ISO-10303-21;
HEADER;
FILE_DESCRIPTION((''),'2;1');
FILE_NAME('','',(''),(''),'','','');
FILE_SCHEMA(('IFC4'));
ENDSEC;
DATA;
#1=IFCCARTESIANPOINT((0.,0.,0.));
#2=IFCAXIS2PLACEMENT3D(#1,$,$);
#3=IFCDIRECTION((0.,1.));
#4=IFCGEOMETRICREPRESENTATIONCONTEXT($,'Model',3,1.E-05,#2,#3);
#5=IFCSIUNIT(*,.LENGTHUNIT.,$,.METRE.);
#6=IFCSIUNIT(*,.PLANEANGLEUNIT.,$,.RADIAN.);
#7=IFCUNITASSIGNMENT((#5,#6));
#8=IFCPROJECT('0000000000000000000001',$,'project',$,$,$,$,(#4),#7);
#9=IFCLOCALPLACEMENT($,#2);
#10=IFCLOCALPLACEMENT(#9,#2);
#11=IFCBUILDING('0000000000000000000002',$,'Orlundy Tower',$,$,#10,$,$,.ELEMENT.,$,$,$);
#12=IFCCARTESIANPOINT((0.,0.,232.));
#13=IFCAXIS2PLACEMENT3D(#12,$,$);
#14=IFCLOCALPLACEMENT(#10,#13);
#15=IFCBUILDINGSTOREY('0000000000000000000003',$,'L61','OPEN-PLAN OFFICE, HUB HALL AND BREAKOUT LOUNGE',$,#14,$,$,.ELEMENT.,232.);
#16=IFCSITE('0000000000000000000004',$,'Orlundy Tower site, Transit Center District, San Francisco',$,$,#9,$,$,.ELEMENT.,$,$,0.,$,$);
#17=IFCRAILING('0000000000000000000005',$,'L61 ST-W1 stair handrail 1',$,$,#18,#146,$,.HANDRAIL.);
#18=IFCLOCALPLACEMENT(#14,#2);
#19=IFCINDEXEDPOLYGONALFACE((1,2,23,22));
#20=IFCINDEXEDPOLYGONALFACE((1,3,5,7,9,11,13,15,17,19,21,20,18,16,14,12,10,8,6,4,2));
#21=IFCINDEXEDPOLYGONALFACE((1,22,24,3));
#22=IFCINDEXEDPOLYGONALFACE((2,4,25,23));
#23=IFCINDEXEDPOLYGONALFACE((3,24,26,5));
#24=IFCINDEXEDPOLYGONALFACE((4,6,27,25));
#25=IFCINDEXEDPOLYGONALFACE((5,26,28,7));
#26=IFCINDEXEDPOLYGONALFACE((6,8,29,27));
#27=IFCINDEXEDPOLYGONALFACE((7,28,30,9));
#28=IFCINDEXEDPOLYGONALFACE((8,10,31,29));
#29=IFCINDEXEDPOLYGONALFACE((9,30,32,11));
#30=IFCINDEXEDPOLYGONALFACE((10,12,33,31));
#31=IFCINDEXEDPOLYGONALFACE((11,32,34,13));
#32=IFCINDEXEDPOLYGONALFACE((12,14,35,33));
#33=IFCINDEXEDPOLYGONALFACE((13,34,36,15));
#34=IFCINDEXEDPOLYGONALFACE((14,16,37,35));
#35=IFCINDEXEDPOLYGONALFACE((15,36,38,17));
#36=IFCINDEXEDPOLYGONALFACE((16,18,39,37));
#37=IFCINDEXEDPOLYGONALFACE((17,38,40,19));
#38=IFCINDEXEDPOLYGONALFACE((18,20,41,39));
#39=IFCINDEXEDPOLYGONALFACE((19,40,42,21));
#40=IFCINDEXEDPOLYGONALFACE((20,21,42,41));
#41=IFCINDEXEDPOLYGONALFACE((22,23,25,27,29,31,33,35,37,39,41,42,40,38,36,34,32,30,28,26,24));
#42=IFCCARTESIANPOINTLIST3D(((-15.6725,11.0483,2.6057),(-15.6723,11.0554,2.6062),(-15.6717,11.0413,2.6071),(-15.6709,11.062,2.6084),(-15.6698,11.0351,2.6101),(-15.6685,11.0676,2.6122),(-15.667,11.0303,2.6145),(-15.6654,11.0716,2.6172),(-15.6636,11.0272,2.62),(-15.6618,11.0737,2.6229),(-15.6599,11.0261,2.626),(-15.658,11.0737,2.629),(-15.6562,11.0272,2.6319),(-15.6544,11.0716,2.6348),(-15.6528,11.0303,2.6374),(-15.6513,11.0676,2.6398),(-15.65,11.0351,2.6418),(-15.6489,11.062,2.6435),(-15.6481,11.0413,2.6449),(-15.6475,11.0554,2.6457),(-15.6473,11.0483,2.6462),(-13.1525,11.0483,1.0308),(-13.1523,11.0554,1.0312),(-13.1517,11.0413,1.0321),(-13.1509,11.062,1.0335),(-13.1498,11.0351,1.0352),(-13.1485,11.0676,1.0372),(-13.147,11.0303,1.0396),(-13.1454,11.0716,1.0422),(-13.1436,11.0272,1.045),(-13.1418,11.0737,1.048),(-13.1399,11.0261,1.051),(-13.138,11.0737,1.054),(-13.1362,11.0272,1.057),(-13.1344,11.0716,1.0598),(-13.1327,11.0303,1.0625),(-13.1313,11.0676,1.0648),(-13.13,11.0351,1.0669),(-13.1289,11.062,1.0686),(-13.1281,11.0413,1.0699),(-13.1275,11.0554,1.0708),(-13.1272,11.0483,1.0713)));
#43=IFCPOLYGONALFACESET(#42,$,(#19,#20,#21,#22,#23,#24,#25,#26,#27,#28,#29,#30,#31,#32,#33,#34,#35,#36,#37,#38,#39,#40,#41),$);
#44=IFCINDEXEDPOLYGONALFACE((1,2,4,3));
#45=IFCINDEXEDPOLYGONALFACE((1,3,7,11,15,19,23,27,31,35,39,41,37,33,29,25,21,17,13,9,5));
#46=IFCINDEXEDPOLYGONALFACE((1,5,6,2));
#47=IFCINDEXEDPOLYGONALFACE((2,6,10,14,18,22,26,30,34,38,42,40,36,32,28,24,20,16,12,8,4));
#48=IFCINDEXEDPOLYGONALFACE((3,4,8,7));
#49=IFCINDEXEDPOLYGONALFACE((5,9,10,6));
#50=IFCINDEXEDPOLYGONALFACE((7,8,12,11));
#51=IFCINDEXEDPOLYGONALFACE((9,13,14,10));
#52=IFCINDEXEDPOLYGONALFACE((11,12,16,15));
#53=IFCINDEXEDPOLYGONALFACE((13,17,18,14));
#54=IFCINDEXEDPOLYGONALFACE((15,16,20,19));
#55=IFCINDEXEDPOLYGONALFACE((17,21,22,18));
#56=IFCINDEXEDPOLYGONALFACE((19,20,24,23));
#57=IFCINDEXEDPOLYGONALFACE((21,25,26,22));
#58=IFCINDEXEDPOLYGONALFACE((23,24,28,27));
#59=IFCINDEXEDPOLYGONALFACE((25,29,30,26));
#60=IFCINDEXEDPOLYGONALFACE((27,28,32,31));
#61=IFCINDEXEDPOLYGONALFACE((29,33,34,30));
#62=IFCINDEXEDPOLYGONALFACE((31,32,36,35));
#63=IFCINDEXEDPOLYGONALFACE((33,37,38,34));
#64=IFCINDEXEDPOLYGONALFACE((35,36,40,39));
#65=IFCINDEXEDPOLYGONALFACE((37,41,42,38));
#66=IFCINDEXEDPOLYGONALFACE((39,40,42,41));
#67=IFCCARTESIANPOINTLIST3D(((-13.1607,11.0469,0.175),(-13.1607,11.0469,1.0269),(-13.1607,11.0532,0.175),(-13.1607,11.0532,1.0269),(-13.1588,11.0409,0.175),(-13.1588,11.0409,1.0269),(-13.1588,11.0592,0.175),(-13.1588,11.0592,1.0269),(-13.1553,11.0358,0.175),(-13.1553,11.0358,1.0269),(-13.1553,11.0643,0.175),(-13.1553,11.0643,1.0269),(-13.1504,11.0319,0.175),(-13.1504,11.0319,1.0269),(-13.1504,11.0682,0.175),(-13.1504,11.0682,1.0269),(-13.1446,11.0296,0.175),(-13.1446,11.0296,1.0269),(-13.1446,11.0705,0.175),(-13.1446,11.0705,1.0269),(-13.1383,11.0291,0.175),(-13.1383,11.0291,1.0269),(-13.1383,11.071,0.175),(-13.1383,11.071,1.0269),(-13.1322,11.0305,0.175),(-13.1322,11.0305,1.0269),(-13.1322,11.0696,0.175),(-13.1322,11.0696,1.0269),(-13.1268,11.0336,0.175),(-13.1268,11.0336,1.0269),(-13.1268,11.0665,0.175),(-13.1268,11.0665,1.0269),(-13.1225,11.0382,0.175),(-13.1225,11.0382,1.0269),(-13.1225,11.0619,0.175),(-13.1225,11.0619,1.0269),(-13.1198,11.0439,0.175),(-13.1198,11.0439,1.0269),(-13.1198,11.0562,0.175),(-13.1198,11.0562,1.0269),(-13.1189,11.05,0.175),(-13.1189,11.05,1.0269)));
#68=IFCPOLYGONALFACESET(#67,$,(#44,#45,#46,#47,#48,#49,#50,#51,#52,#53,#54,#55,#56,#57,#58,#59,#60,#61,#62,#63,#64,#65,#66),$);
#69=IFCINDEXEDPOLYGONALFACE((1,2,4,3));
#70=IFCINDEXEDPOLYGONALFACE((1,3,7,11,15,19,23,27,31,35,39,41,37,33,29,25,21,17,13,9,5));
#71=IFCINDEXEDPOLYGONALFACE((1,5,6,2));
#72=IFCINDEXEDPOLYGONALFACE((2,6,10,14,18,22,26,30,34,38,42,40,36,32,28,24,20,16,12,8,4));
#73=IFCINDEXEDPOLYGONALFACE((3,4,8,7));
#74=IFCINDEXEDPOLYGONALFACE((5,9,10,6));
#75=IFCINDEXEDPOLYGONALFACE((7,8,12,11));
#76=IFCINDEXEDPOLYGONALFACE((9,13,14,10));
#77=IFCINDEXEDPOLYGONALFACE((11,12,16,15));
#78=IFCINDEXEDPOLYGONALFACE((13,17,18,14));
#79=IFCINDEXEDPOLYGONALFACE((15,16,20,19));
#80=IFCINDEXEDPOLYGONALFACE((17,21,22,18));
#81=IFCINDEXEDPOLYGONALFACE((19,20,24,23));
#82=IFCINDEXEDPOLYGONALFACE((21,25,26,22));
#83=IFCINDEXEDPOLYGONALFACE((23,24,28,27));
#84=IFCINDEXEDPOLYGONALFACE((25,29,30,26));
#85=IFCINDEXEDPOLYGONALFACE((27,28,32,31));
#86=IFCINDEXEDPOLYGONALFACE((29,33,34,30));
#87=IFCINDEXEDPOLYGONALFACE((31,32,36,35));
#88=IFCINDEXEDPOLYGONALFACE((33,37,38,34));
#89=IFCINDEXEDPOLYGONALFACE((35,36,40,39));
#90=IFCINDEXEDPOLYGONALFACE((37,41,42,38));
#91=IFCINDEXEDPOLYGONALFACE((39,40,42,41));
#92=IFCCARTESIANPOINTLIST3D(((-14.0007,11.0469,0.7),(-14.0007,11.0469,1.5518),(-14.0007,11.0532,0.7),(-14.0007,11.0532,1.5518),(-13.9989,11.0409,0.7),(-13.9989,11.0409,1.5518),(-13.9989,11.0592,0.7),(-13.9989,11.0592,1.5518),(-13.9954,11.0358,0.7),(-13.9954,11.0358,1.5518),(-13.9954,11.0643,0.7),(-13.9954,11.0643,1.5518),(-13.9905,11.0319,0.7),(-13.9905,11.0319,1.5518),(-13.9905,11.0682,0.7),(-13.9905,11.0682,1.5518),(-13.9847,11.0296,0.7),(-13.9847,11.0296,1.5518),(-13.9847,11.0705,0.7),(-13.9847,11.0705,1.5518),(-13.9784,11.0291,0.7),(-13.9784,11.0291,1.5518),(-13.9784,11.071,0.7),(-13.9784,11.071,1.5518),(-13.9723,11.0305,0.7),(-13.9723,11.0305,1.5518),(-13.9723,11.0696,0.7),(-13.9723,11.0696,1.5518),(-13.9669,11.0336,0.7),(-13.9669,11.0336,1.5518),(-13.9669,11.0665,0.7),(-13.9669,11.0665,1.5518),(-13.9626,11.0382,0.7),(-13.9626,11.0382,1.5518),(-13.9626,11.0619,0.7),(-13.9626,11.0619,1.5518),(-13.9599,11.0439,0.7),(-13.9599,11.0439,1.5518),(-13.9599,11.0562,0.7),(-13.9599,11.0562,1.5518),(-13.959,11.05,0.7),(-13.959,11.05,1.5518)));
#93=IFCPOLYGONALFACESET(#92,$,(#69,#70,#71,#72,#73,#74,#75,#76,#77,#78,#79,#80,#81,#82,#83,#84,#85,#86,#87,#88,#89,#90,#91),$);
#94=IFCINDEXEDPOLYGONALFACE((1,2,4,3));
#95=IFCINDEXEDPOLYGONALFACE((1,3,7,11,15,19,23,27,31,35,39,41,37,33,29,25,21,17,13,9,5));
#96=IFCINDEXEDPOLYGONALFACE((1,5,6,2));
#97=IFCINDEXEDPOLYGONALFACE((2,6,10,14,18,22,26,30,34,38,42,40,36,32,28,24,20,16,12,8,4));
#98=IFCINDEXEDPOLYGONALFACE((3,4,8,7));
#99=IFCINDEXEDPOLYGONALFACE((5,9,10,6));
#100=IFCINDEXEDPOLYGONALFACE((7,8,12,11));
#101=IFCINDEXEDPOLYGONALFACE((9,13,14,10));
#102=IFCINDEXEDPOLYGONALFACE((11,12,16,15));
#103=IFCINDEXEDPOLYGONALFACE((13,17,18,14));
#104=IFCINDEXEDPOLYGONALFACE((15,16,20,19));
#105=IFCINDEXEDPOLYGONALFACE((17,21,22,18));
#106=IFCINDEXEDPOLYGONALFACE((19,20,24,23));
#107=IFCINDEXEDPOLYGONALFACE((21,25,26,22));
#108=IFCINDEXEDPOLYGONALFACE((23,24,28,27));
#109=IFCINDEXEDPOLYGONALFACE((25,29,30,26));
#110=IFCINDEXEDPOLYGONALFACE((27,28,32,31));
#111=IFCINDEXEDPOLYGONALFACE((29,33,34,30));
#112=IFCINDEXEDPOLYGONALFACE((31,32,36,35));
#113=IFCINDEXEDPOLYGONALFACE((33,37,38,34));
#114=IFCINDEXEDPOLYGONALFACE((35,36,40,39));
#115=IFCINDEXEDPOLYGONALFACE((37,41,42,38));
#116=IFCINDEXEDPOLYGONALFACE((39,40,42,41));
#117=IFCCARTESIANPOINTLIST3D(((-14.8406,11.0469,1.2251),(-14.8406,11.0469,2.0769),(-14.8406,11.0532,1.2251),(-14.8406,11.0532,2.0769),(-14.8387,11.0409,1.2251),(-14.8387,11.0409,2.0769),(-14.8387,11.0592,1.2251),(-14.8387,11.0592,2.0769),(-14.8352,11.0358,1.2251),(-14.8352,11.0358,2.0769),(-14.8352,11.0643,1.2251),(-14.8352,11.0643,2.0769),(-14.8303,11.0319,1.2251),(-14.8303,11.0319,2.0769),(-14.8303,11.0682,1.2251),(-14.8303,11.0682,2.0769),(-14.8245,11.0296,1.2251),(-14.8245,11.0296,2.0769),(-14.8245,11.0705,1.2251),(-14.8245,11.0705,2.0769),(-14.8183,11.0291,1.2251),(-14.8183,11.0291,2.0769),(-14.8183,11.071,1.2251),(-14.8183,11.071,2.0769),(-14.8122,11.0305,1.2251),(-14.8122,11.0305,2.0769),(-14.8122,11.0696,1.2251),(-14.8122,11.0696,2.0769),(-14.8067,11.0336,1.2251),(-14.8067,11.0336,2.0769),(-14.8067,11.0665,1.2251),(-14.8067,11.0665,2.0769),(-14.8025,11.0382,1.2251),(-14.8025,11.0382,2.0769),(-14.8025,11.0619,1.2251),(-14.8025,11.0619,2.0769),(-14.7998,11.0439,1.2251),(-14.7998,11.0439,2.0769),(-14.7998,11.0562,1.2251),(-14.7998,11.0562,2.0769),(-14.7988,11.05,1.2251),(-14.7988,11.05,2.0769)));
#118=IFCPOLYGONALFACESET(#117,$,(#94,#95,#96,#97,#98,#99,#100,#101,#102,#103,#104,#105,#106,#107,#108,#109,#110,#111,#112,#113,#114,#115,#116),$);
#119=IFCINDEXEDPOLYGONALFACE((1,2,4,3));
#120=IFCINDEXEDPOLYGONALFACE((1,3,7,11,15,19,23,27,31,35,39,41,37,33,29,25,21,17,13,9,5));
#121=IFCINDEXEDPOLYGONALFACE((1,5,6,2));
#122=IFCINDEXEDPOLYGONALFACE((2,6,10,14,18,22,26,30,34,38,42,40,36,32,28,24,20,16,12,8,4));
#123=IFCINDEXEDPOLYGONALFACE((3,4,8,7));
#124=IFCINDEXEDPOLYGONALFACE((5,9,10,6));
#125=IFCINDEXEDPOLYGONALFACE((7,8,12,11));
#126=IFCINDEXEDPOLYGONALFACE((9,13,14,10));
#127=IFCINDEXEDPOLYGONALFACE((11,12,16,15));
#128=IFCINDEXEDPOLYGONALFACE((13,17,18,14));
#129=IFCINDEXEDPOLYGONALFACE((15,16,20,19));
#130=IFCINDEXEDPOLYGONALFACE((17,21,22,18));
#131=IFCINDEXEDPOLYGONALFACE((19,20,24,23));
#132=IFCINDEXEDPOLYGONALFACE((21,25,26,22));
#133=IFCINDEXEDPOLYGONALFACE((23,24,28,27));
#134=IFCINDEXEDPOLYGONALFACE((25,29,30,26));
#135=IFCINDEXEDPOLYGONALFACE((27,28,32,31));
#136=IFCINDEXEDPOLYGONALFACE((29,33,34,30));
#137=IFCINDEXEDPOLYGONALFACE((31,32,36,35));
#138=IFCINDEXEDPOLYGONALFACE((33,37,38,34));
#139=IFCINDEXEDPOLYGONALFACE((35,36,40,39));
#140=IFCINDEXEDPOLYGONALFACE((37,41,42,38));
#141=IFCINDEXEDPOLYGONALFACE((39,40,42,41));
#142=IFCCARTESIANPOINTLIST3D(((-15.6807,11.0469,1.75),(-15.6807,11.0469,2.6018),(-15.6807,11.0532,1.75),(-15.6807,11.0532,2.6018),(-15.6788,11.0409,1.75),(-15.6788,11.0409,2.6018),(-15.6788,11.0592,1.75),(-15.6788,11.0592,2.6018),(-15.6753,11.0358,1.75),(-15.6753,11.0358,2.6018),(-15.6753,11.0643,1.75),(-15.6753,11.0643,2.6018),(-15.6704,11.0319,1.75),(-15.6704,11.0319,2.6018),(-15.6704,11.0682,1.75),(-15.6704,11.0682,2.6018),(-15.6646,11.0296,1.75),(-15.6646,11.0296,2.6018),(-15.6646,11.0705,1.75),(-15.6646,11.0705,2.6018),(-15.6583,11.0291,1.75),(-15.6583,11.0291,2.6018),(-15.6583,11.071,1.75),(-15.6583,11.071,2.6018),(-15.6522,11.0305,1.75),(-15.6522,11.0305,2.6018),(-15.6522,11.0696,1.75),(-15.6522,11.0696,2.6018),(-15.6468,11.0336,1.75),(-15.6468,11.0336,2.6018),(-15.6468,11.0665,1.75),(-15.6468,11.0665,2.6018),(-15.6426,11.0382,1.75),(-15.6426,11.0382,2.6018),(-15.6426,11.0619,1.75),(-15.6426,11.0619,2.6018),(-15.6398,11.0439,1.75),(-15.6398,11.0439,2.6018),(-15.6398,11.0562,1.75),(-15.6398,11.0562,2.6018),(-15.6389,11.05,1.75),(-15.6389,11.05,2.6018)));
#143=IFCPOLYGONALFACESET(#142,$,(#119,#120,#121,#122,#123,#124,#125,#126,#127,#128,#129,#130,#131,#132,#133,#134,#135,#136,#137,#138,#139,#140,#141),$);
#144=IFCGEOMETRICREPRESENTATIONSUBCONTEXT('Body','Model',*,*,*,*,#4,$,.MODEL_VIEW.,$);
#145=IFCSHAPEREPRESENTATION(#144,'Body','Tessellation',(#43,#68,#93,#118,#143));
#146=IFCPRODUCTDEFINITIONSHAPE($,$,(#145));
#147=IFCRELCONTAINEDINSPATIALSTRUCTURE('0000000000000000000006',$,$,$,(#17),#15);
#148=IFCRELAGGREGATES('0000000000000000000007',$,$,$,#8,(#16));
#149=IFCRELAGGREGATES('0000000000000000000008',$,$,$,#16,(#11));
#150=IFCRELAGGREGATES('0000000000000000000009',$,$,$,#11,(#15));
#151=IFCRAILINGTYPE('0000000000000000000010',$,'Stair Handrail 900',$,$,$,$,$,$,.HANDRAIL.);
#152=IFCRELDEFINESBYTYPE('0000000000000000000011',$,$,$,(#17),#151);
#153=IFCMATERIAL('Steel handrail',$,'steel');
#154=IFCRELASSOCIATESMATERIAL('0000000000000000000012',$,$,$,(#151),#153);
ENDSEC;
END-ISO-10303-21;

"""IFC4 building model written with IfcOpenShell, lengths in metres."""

from ifc_helpers import new_model, si_unit, direction, frame, origin, origin_2d, place, context, subcontext, project, spatial, circle, extrude, material, type_object, element, save


model = new_model("IFC4")

# Units and contexts
model_context = context("Model", 3, precision=1e-05, world=origin(), true_north=direction((0.0, 1.0)))
body_context = subcontext(model_context, "Body", "Model", "MODEL_VIEW")
ifc_project = project(units=[si_unit("LENGTHUNIT", "METRE"), si_unit("PLANEANGLEUNIT", "RADIAN")], contexts=[model_context])

# Site, building, storey
site_placement = place(None, origin())
site = spatial("IfcSite", under=ifc_project, at=site_placement, Name="Orlundy Tower site, Transit Center District, San Francisco", CompositionType="ELEMENT", RefElevation=0.0)
building_placement = place(site_placement, origin())
building = spatial("IfcBuilding", under=site, at=building_placement, Name="Orlundy Tower", CompositionType="ELEMENT")
storey_placement = place(building_placement, frame((0.0, 0.0, 232.0)))
storey = spatial("IfcBuildingStorey", under=building, at=storey_placement, Name="L61", Description="OPEN-PLAN OFFICE, HUB HALL AND BREAKOUT LOUNGE", CompositionType="ELEMENT", Elevation=232.0)

# Railing
ifc_material_1 = material(Name="Steel handrail", Category="steel")
railing_type_1 = type_object("IfcRailingType", Name="Stair Handrail 900", PredefinedType="HANDRAIL", material=ifc_material_1)
railing_1_placement = place(storey_placement, frame((-13.1399, 11.05, 0.175)))
element("IfcRailing", 1, at=railing_1_placement, inside=storey, type_object=railing_type_1, Name="L61 ST-W1 stair handrail 1", PredefinedType="HANDRAIL", context=body_context, shape_type="SweptSolid", body=[
    extrude(circle(Radius=0.0239, at=origin_2d()), frame((0.0, 0.0, 0.876), z_axis=(-0.848008, 0.0, 0.529984), x_axis=(0.0, -1.0, 0.0)), (0.0, 0.0, 1.0), 2.9717),
    extrude(circle(Radius=0.021, at=origin_2d()), origin(), (0.0, 0.0, 1.0), 0.8518),
    extrude(circle(Radius=0.021, at=origin_2d()), frame((-0.8401, 0.0, 0.5249)), (0.0, 0.0, 1.0), 0.8518),
    extrude(circle(Radius=0.021, at=origin_2d()), frame((-1.6799, 0.0, 1.05)), (0.0, 0.0, 1.0), 0.8518),
    extrude(circle(Radius=0.021, at=origin_2d()), frame((-2.52, 0.0, 1.575)), (0.0, 0.0, 1.0), 0.8518),
])

save(model, "model.ifc")
